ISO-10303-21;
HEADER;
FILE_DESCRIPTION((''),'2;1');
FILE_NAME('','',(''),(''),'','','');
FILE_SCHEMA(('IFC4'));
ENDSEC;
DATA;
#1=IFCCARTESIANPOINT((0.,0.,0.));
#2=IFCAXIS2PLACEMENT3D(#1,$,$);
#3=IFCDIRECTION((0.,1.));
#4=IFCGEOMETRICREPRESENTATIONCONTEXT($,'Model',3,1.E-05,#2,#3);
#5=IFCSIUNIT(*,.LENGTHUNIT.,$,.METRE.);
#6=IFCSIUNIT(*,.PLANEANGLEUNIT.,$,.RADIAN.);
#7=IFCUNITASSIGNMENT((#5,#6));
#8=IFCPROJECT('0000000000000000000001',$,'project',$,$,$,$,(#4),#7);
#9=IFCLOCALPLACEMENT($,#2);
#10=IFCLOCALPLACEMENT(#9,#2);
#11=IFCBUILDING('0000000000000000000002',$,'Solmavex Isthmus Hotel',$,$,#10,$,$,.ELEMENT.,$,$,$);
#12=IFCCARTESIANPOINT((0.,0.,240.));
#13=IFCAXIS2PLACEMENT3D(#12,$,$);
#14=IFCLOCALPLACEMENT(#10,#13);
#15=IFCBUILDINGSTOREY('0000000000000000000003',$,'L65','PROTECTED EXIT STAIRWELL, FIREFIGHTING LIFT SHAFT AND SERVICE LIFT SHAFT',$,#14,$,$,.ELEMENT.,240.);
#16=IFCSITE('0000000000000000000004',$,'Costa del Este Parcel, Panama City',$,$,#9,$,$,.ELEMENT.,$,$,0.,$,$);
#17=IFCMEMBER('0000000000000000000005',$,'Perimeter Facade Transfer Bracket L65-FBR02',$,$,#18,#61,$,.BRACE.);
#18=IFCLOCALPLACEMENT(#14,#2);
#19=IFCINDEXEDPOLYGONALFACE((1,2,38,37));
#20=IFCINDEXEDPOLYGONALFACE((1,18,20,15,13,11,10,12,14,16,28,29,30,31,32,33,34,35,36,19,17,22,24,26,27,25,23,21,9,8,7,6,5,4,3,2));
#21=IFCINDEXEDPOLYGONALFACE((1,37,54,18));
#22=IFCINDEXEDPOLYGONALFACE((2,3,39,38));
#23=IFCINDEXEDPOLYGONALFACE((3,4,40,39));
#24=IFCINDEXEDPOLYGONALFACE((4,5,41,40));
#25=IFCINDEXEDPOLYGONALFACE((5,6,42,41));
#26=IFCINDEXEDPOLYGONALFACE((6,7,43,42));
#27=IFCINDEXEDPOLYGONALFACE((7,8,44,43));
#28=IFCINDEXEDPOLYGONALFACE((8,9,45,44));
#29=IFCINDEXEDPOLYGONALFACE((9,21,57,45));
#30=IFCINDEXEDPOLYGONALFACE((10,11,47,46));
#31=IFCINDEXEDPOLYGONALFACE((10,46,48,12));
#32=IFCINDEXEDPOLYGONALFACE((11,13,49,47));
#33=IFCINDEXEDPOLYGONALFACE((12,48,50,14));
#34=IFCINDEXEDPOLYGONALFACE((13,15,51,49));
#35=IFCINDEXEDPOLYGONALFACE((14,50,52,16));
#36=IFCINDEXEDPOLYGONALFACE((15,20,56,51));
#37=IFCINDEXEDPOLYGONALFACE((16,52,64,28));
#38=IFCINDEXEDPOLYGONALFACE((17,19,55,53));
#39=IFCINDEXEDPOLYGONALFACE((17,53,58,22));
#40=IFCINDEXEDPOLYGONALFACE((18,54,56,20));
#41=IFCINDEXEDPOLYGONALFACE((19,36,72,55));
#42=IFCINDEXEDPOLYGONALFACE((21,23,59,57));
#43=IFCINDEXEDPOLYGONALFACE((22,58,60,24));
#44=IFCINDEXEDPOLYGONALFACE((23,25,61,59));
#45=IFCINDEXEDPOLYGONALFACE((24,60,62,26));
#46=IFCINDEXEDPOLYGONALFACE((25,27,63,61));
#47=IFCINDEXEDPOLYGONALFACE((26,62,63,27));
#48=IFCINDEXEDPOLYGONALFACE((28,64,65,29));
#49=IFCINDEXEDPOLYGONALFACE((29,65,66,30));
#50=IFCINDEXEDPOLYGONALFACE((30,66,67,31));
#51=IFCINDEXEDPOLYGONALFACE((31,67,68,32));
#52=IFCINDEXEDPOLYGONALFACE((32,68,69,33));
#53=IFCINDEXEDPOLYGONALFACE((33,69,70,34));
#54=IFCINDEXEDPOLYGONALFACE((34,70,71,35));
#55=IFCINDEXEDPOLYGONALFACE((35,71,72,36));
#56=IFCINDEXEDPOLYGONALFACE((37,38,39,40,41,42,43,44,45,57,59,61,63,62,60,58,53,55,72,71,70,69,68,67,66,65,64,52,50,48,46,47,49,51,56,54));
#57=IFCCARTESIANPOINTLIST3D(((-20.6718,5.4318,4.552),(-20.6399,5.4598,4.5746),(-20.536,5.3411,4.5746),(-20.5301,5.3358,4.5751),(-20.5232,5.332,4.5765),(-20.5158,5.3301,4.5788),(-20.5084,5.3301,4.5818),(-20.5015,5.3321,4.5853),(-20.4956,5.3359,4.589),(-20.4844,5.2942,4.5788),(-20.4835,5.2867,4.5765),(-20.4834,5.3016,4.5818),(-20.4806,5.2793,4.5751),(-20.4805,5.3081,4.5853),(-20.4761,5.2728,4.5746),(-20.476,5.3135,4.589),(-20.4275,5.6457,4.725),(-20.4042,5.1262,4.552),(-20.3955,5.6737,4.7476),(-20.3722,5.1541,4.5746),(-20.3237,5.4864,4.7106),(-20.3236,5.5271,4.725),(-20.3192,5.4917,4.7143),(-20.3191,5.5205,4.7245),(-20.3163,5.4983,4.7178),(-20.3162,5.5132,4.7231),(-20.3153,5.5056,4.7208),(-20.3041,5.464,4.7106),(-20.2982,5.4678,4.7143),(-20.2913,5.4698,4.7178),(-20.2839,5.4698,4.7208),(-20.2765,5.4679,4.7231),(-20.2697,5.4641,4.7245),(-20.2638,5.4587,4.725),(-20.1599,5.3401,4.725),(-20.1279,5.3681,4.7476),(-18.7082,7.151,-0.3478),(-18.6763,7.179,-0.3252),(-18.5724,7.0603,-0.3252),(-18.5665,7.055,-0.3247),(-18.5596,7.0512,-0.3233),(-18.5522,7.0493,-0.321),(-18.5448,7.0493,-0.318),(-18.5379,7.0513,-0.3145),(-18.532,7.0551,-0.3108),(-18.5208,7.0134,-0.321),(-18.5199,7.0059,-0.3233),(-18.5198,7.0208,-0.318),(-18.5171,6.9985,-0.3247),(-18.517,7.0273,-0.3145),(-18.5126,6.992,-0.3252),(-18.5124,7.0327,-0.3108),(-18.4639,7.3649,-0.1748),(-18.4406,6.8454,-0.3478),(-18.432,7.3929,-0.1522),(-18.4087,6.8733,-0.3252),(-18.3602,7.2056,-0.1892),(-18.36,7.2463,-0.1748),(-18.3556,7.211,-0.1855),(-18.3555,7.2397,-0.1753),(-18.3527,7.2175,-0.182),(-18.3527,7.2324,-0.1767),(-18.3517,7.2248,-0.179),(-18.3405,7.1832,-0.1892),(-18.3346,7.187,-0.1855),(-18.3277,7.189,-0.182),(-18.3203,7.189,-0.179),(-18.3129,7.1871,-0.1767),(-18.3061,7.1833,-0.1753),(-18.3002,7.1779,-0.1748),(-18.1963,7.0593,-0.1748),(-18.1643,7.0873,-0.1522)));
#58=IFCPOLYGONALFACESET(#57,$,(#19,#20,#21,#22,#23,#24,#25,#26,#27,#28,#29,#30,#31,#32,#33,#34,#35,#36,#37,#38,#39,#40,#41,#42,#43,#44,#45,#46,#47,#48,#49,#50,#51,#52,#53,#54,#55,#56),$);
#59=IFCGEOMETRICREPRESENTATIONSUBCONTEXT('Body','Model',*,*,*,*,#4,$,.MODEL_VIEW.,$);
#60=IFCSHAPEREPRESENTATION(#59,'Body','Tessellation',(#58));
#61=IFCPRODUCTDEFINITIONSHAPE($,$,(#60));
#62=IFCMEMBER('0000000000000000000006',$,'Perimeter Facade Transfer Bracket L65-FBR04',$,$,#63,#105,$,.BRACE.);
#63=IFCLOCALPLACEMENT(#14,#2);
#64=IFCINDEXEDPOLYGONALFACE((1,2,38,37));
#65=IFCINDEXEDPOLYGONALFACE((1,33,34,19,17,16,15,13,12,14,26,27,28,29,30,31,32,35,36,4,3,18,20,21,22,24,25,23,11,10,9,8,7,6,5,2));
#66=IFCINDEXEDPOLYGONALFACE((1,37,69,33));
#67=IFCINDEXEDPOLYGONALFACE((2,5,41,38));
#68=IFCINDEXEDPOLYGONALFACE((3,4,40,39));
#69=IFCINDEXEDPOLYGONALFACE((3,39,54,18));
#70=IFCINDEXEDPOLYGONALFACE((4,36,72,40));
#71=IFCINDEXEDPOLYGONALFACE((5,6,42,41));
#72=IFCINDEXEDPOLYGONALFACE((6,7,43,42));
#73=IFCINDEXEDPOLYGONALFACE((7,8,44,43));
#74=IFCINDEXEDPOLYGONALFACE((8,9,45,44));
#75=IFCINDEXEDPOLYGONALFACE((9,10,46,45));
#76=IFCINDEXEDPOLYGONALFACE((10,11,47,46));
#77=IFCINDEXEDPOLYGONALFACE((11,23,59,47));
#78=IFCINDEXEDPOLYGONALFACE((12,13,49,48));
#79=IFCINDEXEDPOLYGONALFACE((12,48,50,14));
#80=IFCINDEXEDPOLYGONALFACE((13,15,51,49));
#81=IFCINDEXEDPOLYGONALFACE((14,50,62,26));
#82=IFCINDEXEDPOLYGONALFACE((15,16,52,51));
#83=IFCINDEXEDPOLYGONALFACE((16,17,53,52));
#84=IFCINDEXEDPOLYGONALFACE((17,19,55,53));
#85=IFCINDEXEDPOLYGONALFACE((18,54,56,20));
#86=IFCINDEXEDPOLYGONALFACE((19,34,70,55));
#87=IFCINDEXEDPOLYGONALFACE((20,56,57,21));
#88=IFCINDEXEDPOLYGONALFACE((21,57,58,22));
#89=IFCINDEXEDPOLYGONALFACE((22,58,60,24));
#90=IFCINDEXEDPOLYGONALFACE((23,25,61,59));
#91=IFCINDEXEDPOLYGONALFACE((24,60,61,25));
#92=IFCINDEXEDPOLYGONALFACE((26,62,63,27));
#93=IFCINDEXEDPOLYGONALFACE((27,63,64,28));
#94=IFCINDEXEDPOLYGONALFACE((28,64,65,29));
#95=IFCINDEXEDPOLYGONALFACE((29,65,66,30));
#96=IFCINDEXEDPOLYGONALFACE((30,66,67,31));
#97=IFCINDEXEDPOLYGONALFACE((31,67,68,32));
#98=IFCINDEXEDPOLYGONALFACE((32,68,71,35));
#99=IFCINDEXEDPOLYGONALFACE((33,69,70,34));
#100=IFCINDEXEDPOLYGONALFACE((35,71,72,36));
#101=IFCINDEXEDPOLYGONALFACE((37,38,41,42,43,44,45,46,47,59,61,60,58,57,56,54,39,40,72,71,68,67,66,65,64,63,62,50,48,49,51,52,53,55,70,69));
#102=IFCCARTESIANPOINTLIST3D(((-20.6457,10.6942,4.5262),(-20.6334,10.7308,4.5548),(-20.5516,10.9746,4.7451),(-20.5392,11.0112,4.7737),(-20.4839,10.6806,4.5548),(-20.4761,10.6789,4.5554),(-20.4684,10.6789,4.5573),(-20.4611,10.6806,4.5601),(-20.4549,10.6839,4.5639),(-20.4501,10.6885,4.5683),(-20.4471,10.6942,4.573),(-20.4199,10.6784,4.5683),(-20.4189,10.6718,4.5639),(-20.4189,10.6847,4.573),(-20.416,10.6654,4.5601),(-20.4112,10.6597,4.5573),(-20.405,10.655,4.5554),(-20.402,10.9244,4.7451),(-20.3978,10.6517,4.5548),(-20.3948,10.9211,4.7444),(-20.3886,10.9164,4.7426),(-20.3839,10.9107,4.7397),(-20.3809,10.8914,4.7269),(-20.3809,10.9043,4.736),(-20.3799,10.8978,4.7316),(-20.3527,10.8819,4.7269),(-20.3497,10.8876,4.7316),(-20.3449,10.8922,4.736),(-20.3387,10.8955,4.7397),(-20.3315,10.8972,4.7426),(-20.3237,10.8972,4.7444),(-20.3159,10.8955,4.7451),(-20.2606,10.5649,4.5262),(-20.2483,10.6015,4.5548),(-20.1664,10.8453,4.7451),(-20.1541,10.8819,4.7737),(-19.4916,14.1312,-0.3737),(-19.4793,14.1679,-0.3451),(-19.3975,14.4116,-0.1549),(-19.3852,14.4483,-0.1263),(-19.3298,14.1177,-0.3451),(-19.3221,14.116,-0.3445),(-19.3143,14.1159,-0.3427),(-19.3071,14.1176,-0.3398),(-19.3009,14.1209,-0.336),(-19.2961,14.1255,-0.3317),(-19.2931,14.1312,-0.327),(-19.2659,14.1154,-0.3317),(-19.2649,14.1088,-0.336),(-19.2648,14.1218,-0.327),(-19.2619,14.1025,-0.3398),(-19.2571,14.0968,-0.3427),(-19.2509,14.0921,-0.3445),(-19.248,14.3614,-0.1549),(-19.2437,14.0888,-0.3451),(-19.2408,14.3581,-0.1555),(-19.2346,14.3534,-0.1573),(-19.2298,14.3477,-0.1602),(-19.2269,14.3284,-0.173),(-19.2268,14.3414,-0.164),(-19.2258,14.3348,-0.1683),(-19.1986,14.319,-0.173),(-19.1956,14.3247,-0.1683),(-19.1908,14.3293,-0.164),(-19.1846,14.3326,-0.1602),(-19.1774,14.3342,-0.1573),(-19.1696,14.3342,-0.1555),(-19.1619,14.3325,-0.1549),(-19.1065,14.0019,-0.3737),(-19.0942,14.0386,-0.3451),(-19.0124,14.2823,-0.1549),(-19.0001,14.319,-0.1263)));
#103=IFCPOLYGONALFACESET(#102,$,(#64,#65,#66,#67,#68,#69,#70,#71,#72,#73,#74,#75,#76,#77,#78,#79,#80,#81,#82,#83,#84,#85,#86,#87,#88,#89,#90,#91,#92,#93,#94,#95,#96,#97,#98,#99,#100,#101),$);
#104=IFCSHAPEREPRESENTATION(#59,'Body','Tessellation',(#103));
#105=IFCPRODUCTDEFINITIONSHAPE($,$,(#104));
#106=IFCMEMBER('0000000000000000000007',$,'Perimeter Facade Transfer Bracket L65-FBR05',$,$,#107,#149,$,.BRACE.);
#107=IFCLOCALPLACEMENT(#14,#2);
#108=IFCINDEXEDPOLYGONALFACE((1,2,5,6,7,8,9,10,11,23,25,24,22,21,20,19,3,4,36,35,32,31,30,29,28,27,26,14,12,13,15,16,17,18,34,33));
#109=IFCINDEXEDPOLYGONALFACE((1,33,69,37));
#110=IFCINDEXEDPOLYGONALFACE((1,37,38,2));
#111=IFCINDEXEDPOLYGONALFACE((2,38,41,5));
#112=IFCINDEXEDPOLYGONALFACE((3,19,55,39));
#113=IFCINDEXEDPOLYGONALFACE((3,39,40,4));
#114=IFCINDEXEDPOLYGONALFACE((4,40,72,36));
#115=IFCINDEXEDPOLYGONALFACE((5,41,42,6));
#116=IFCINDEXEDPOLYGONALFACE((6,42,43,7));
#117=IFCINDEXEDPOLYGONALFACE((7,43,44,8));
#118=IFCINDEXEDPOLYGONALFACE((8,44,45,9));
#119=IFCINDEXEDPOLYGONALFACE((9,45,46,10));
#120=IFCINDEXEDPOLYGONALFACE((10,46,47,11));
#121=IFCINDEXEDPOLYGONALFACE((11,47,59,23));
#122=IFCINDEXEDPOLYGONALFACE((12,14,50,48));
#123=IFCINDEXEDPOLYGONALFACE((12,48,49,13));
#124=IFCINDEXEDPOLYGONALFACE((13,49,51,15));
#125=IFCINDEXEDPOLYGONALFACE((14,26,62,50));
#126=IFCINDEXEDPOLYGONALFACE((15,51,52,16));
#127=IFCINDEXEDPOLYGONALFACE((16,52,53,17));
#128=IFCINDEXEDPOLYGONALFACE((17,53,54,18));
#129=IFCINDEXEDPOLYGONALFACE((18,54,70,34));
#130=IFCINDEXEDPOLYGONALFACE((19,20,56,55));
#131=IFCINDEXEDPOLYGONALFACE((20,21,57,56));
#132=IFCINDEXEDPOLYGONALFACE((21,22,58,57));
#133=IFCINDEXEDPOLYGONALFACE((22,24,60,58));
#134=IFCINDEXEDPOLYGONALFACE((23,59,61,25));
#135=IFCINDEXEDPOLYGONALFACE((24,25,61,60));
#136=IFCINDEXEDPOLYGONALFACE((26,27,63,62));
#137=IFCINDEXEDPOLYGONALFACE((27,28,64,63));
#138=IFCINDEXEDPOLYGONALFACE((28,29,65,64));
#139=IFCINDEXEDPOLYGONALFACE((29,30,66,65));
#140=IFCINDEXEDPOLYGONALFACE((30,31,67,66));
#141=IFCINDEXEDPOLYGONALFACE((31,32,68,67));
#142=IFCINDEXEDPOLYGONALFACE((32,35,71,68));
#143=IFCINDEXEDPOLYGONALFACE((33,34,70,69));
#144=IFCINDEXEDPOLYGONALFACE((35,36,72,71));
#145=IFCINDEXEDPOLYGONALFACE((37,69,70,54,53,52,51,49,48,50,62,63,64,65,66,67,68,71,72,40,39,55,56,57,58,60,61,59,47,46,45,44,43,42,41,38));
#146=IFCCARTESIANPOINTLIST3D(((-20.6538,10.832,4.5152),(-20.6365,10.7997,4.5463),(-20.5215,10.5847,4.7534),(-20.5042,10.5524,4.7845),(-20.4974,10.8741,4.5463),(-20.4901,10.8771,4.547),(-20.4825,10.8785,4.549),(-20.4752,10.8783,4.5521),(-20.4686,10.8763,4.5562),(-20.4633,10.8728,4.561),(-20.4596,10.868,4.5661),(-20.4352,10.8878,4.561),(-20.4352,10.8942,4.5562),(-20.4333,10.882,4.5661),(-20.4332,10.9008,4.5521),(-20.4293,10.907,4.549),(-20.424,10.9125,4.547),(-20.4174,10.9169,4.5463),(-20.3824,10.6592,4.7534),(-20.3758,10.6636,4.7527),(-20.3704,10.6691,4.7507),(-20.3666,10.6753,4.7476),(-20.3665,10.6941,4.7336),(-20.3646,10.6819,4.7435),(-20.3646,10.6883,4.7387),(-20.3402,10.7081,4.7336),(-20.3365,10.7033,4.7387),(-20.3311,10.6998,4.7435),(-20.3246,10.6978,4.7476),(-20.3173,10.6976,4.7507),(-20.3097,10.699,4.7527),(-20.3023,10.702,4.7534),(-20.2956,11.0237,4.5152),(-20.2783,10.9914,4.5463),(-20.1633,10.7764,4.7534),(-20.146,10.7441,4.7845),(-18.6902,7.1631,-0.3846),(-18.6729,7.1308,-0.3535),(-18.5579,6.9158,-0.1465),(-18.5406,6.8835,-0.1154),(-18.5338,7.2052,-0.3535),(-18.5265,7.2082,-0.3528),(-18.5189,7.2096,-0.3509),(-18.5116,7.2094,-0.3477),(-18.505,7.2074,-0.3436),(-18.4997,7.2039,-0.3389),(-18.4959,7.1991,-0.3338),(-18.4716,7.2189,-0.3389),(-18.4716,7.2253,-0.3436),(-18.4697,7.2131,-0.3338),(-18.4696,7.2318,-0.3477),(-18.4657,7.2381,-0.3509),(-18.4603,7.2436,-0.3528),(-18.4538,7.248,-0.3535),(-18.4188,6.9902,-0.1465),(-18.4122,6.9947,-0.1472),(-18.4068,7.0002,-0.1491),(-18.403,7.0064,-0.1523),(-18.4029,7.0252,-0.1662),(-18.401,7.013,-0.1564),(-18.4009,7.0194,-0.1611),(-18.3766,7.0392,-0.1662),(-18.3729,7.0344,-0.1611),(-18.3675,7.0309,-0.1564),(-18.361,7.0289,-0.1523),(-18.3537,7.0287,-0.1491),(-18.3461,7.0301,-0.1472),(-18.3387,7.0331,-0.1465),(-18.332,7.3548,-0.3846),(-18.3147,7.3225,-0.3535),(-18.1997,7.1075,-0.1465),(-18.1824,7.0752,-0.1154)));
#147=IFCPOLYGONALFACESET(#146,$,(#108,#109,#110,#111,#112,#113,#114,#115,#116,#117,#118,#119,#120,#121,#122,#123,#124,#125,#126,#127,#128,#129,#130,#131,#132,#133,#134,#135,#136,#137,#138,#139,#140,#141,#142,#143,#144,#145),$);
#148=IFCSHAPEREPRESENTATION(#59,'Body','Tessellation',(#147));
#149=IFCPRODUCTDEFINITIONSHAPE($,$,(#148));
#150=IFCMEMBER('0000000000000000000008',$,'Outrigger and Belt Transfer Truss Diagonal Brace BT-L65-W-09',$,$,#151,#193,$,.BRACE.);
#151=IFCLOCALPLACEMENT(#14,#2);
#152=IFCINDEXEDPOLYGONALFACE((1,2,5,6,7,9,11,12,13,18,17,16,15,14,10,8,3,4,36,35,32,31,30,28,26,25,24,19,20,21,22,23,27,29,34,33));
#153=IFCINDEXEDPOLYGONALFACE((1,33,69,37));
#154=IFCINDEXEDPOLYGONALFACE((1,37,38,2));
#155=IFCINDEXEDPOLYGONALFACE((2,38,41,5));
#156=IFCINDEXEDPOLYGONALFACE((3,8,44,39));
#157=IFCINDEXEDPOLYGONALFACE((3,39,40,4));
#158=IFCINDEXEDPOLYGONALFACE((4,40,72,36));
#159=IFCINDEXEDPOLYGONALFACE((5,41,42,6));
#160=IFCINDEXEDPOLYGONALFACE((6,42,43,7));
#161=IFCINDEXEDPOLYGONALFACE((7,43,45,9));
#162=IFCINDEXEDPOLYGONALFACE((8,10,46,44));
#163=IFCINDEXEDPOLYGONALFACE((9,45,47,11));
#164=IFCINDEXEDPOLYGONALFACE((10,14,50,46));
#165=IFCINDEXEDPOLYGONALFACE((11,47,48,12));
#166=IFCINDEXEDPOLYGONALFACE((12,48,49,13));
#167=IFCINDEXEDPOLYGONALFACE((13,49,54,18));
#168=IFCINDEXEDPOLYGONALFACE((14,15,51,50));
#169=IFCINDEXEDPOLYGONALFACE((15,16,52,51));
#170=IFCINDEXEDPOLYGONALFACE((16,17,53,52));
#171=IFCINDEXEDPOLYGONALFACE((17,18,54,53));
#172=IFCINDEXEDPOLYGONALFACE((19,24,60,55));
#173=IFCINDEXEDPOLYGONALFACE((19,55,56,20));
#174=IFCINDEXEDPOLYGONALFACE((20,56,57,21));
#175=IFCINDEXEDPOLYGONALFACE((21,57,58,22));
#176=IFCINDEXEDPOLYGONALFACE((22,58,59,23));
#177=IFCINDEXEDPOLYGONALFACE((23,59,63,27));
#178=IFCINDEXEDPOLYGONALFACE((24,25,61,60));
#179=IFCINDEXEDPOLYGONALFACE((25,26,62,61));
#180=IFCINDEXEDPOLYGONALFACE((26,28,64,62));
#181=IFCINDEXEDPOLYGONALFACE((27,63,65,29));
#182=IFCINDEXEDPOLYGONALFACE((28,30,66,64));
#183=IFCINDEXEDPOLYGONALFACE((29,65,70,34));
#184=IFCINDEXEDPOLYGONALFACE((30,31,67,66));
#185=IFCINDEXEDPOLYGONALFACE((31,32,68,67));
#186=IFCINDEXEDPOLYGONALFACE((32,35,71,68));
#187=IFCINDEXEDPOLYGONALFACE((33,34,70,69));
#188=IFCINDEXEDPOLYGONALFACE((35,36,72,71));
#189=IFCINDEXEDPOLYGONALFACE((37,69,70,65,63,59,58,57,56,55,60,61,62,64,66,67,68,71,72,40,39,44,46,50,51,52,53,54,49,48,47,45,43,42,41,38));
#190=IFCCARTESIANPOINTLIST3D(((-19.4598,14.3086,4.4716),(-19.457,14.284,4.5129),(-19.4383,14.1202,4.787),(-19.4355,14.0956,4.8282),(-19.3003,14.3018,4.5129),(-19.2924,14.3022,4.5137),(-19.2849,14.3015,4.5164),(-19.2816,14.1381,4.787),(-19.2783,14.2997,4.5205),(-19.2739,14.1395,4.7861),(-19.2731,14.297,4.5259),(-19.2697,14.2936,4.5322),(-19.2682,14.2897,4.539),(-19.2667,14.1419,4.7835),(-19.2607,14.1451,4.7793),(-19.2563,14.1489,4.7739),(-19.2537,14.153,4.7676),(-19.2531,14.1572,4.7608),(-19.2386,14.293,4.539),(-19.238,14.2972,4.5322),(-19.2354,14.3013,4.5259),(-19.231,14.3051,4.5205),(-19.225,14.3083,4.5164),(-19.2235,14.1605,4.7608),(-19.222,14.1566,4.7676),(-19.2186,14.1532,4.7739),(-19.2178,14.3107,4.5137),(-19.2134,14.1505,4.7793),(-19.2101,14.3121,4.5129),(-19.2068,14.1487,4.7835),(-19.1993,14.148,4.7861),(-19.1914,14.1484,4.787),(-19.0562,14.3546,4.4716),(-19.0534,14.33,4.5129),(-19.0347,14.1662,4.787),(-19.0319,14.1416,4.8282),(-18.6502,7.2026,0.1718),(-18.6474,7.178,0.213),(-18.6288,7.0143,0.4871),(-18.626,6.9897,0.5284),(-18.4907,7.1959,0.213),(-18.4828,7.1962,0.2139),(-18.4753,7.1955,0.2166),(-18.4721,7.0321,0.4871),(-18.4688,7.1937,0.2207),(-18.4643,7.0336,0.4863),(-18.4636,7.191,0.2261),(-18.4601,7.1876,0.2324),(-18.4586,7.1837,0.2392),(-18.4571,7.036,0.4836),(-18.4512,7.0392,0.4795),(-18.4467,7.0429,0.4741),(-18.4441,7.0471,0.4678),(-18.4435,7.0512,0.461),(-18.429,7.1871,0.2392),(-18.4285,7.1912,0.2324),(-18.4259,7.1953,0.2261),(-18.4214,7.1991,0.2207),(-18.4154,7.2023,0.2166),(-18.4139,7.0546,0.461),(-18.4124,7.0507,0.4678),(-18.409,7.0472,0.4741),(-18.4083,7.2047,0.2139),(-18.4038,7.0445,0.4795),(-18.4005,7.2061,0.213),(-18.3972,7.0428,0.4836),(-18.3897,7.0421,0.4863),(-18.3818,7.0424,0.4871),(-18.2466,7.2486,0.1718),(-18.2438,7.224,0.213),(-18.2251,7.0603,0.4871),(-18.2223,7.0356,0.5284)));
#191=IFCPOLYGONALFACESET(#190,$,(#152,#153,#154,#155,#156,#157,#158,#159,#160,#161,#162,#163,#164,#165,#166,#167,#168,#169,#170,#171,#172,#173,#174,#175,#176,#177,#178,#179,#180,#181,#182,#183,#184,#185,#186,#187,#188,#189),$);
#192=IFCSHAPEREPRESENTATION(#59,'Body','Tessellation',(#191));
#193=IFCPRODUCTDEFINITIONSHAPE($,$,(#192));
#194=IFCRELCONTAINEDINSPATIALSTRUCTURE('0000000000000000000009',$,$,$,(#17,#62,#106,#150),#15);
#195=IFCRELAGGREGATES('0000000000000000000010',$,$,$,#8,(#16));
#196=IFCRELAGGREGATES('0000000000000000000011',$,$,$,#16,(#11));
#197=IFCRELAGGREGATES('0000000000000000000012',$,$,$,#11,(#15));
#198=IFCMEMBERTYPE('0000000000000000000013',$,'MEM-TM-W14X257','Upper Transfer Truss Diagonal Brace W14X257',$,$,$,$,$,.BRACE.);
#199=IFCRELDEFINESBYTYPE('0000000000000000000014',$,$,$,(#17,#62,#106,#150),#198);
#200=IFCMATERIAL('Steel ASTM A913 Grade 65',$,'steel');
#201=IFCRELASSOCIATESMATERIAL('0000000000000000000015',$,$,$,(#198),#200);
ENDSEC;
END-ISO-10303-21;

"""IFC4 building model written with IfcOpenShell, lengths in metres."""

from ifc_helpers import new_model, si_unit, direction, frame, origin, origin_2d, place, context, subcontext, project, spatial, i_section, extrude, material, material_profile, profile_set, type_object, element, save


model = new_model("IFC4")

# Units and contexts
model_context = context("Model", 3, precision=1e-05, world=origin(), true_north=direction((0.0, 1.0)))
body_context = subcontext(model_context, "Body", "Model", "MODEL_VIEW")
ifc_project = project(units=[si_unit("LENGTHUNIT", "METRE"), si_unit("PLANEANGLEUNIT", "RADIAN")], contexts=[model_context])

# Site, building, storey
site_placement = place(None, origin())
site = spatial("IfcSite", under=ifc_project, at=site_placement, Name="Costa del Este Parcel, Panama City", CompositionType="ELEMENT", RefElevation=0.0)
building_placement = place(site_placement, origin())
building = spatial("IfcBuilding", under=site, at=building_placement, Name="Solmavex Isthmus Hotel", CompositionType="ELEMENT")
storey_placement = place(building_placement, frame((0.0, 0.0, 240.0)))
storey = spatial("IfcBuildingStorey", under=building, at=storey_placement, Name="L65", Description="PROTECTED EXIT STAIRWELL, FIREFIGHTING LIFT SHAFT AND SERVICE LIFT SHAFT", CompositionType="ELEMENT", Elevation=240.0)

# Shared definitions
ifc_material_1 = material(Name="Steel ASTM A913 Grade 65", Category="steel")

# Members
ifc_material_profile_1 = material_profile(ifc_material_1, i_section(OverallWidth=0.4062, OverallDepth=0.416, WebThickness=0.0298, FlangeThickness=0.0481, FilletRadius=0.0305, at=origin_2d()), Name="W14X257")
ifc_profile_set_1 = profile_set([ifc_material_profile_1], Name="Steel ASTM A913 Grade 65")
member_type_1 = type_object("IfcMemberType", Name="MEM-TM-W14X257", Description="Upper Transfer Truss Diagonal Brace W14X257", PredefinedType="BRACE", material=ifc_profile_set_1)
member_1_placement = place(storey_placement, frame((-18.4363, 7.1191, -0.25), z_axis=(-0.353702, -0.309681, 0.882605), x_axis=(0.658736, -0.752374, 0.0)))
element("IfcMember", 1, at=member_1_placement, inside=storey, type_object=member_type_1, Name="Perimeter Facade Transfer Bracket L65-FBR02", PredefinedType="BRACE", context=body_context, shape_type="SweptSolid", body=[
    extrude(i_section(OverallWidth=0.4062, OverallDepth=0.416, WebThickness=0.0298, FlangeThickness=0.0481, FilletRadius=0.0305, at=origin_2d()), origin(), (0.0, 0.0, 1.0), 5.5515),
])
member_2_placement = place(storey_placement, frame((-19.2458, 14.2251, -0.25), z_axis=(-0.189332, -0.56387, 0.803869), x_axis=(0.947987, -0.318308, 0.0)))
element("IfcMember", 2, at=member_2_placement, inside=storey, type_object=member_type_1, Name="Perimeter Facade Transfer Bracket L65-FBR04", PredefinedType="BRACE", context=body_context, shape_type="SweptSolid", body=[
    extrude(i_section(OverallWidth=0.4062, OverallDepth=0.416, WebThickness=0.0298, FlangeThickness=0.0481, FilletRadius=0.0305, at=origin_2d()), origin(), (0.0, 0.0, 1.0), 6.0955),
])
member_3_placement = place(storey_placement, frame((-18.4363, 7.1191, -0.25), z_axis=(-0.305454, 0.570728, 0.762212), x_axis=(-0.881668, -0.47187, 0.0)))
element("IfcMember", 3, at=member_3_placement, inside=storey, type_object=member_type_1, Name="Perimeter Facade Transfer Bracket L65-FBR05", PredefinedType="BRACE", context=body_context, shape_type="SweptSolid", body=[
    extrude(i_section(OverallWidth=0.4062, OverallDepth=0.416, WebThickness=0.0298, FlangeThickness=0.0481, FilletRadius=0.0305, at=origin_2d()), origin(), (0.0, 0.0, 1.0), 6.4285),
])
member_4_placement = place(storey_placement, frame((-18.4363, 7.1191, 0.3501), z_axis=(-0.097013, 0.851527, 0.515258), x_axis=(-0.993573, -0.113196, 0.0)))
element("IfcMember", 4, at=member_4_placement, inside=storey, type_object=member_type_1, Name="Outrigger and Belt Transfer Truss Diagonal Brace BT-L65-W-09", PredefinedType="BRACE", context=body_context, shape_type="SweptSolid", body=[
    extrude(i_section(OverallWidth=0.4062, OverallDepth=0.416, WebThickness=0.0298, FlangeThickness=0.0481, FilletRadius=0.0305, at=origin_2d()), origin(), (0.0, 0.0, 1.0), 8.345),
])

save(model, "model.ifc")
